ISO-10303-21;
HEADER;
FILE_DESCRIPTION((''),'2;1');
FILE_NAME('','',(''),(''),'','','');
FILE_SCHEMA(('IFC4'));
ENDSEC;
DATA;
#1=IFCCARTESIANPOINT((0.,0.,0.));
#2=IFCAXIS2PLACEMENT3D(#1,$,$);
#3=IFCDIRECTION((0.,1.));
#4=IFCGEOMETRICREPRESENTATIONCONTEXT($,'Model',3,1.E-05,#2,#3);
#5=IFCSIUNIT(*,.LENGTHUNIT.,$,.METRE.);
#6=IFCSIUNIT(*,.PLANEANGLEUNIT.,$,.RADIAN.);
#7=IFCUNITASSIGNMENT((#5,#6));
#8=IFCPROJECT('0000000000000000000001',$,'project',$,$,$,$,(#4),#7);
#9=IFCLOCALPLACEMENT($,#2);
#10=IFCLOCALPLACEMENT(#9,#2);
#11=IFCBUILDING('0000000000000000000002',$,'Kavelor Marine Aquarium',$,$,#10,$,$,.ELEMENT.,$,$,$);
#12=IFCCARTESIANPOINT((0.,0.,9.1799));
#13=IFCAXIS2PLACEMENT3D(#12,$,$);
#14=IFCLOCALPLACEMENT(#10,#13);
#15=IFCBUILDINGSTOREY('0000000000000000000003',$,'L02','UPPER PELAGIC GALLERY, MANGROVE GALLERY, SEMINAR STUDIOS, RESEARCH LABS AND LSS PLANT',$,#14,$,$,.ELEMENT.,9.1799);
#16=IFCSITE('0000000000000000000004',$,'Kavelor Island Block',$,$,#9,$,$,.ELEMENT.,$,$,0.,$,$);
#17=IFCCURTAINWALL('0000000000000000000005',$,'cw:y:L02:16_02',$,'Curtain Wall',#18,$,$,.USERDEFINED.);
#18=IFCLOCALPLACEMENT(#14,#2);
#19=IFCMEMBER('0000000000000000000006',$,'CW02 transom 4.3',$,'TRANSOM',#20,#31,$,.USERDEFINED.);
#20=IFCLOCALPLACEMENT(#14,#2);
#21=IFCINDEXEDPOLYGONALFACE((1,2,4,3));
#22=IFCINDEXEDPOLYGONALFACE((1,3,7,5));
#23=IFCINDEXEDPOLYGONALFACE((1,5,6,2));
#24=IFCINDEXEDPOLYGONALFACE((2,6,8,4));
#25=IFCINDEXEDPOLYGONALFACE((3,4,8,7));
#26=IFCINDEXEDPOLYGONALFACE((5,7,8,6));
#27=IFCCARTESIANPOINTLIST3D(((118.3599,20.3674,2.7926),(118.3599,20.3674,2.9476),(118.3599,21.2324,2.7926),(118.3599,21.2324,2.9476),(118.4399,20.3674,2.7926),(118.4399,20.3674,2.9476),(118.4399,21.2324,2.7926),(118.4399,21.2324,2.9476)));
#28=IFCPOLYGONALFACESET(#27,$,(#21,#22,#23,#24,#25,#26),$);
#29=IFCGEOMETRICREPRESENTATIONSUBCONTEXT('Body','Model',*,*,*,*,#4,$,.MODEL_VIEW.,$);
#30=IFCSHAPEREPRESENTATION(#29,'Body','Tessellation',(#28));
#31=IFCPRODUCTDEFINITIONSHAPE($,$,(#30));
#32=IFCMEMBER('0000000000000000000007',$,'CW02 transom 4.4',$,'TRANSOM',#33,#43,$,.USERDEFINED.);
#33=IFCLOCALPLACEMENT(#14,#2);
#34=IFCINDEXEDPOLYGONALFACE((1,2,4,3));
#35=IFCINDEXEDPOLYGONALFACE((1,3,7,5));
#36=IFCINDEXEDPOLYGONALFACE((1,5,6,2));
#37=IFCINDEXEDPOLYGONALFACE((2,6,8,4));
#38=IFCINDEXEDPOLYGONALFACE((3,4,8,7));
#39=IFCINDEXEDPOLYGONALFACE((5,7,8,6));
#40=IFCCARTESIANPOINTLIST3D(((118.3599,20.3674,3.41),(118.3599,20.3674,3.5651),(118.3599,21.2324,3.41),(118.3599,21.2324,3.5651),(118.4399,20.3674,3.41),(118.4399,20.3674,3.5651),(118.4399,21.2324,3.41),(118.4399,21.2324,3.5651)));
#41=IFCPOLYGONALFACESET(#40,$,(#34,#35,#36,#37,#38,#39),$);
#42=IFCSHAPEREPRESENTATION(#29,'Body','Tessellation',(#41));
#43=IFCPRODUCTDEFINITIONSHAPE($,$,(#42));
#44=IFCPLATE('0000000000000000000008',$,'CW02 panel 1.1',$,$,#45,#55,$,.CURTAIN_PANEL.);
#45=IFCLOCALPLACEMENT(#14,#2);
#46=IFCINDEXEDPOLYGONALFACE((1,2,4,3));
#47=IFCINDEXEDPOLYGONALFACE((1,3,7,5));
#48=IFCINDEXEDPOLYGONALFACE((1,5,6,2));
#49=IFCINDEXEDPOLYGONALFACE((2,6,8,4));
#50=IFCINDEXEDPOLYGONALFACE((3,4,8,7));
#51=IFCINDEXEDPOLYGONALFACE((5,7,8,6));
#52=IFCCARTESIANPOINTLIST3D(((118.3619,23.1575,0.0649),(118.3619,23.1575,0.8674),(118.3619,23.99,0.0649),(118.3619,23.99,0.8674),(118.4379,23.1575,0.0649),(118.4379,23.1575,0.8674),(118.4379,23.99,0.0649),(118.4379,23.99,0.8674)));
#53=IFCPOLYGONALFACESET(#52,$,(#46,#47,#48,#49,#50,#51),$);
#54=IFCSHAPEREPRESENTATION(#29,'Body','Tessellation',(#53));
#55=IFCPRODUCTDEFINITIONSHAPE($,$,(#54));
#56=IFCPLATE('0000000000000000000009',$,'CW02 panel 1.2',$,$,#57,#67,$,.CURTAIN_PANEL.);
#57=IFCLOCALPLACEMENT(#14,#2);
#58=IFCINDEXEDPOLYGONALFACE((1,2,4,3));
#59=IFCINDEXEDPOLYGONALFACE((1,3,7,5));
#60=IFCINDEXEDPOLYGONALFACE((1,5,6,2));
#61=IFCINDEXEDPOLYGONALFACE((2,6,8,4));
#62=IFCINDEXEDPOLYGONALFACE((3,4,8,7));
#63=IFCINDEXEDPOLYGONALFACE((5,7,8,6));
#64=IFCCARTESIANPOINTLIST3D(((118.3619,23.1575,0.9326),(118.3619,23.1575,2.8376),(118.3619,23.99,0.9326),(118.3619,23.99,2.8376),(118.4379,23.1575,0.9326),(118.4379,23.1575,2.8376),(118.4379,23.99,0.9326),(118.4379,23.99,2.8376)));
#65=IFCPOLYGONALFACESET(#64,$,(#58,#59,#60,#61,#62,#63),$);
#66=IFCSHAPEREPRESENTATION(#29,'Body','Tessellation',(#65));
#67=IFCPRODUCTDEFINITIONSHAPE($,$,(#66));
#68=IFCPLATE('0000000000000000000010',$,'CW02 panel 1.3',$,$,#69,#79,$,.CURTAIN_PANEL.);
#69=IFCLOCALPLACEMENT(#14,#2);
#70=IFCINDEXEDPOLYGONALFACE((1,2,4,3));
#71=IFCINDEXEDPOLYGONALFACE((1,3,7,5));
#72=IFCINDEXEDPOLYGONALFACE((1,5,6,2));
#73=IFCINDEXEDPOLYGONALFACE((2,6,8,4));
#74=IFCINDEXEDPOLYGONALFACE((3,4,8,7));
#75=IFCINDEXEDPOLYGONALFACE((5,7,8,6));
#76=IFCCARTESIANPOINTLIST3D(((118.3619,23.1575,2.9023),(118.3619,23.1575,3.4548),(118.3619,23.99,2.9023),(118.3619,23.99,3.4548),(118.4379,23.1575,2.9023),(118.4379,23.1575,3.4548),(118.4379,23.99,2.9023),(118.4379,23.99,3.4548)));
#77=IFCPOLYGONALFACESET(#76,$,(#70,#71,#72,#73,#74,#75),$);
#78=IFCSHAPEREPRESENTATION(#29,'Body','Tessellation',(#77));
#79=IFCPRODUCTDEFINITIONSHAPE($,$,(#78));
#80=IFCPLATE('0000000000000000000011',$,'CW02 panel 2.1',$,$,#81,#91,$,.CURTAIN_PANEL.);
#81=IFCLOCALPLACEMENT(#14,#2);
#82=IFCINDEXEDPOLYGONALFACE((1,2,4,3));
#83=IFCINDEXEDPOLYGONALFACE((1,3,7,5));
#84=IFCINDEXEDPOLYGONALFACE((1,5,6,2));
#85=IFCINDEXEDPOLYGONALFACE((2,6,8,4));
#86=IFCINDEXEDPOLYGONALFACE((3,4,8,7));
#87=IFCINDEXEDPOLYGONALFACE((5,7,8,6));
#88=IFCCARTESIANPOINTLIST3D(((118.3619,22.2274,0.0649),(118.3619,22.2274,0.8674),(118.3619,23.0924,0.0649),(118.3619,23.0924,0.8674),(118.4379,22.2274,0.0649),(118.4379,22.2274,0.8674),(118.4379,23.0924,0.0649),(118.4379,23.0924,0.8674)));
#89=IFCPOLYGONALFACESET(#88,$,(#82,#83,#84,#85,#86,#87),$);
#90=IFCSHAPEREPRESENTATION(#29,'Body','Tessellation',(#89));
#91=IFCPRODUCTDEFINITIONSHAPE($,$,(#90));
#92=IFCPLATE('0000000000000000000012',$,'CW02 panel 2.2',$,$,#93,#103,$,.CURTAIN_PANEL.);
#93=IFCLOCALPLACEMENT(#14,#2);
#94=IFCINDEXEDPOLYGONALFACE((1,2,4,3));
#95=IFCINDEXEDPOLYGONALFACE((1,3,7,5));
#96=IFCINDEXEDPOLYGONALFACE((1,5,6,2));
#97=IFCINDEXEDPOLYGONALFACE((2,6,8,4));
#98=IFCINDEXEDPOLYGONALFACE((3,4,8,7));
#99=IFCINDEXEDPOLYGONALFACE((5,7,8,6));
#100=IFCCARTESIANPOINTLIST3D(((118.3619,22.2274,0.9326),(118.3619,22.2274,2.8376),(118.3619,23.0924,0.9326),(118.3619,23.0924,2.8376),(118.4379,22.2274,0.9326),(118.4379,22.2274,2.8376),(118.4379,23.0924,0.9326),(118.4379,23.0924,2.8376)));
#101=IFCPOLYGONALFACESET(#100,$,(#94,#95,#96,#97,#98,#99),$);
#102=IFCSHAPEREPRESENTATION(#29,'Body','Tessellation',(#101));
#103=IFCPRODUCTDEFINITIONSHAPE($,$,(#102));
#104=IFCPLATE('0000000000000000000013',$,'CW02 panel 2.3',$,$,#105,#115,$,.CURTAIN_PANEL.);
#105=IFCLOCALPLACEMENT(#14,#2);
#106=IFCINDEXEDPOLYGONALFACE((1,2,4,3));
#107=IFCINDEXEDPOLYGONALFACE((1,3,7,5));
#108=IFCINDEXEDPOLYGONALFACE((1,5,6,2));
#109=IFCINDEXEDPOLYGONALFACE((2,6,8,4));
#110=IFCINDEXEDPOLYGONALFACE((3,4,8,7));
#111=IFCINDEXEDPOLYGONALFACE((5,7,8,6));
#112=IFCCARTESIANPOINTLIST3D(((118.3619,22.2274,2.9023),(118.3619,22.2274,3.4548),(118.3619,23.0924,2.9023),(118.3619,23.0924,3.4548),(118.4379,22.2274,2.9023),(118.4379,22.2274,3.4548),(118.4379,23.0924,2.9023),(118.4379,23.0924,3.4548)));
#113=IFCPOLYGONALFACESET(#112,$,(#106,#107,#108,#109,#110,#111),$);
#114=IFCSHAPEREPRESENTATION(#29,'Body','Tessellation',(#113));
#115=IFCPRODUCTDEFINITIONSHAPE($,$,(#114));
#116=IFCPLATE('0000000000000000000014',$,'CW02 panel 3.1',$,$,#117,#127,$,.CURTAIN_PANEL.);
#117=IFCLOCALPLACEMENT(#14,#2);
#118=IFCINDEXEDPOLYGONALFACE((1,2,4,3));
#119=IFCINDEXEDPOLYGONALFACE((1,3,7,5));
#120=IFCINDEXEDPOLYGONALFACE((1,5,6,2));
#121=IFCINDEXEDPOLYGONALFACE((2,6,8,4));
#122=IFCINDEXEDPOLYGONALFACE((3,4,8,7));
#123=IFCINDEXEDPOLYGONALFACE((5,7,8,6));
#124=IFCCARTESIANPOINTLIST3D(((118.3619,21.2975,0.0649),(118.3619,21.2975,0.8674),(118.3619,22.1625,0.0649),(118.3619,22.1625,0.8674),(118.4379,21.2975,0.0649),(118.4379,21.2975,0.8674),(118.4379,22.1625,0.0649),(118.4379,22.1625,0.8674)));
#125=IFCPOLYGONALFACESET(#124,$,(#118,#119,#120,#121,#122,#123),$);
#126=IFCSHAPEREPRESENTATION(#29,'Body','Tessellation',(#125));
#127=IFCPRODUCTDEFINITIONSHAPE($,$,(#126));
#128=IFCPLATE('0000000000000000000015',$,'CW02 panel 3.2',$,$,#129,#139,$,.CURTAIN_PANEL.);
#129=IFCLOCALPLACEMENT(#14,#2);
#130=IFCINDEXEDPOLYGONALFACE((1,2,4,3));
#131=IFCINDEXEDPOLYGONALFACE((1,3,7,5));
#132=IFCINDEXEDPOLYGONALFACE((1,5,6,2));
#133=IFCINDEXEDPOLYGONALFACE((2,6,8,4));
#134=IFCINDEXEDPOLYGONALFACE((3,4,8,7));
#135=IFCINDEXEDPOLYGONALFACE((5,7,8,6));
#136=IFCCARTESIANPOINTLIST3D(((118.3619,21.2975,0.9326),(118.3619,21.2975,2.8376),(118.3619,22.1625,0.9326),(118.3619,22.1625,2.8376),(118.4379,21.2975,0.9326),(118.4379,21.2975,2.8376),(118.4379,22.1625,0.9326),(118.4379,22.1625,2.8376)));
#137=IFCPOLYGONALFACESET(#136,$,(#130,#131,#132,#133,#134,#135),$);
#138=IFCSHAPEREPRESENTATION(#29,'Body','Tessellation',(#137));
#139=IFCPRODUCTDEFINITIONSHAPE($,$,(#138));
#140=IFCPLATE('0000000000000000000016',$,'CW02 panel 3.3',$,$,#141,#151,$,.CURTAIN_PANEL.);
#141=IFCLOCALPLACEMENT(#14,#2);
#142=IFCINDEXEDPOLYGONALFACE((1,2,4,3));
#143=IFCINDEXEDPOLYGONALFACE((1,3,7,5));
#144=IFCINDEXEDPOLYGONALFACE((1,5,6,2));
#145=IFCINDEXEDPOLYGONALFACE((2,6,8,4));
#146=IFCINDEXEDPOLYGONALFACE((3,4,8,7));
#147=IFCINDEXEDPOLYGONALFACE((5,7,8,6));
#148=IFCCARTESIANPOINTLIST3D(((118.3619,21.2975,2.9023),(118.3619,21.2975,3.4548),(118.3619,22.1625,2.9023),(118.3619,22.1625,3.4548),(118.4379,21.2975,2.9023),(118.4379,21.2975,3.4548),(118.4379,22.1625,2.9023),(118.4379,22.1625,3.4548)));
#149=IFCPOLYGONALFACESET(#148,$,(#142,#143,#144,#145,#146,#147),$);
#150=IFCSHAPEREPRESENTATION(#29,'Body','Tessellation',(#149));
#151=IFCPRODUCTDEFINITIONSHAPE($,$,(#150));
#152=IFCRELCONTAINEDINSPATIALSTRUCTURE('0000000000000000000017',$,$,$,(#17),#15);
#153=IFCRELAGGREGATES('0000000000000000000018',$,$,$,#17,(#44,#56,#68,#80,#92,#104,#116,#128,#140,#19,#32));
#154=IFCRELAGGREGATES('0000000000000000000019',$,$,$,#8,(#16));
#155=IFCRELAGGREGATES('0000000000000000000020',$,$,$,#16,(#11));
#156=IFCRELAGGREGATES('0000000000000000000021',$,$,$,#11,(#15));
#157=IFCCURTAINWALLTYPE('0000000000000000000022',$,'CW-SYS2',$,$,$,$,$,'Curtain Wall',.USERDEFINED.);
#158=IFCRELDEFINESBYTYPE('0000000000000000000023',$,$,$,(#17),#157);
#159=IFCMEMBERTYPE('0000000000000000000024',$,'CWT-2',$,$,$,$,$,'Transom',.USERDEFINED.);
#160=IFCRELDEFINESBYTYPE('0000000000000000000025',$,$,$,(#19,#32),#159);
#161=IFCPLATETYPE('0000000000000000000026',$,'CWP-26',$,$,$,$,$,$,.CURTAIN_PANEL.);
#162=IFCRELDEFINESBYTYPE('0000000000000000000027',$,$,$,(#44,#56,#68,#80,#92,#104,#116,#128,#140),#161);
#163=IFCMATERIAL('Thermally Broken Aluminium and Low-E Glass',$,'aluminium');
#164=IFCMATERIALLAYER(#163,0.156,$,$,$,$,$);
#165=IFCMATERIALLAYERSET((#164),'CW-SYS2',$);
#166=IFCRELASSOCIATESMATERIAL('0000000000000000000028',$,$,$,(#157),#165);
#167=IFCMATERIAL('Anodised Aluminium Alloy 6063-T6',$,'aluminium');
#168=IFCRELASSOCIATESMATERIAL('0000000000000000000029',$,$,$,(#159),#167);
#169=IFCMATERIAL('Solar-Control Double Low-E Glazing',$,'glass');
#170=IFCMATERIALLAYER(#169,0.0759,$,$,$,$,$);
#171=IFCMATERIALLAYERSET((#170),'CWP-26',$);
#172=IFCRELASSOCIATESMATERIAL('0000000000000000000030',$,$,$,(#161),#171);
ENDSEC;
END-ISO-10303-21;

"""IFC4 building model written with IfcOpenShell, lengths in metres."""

from ifc_helpers import new_model, si_unit, direction, frame, origin, origin_2d, place, context, subcontext, project, spatial, rectangle, extrude, material, layer, layer_set, material_profile, profile_set, type_object, element, aggregate, save


model = new_model("IFC4")

# Units and contexts
model_context = context("Model", 3, precision=1e-05, world=origin(), true_north=direction((0.0, 1.0)))
body_context = subcontext(model_context, "Body", "Model", "MODEL_VIEW")
ifc_project = project(units=[si_unit("LENGTHUNIT", "METRE"), si_unit("PLANEANGLEUNIT", "RADIAN")], contexts=[model_context])

# Site, building, storey
site_placement = place(None, origin())
site = spatial("IfcSite", under=ifc_project, at=site_placement, Name="Kavelor Island Block", CompositionType="ELEMENT", RefElevation=0.0)
building_placement = place(site_placement, origin())
building = spatial("IfcBuilding", under=site, at=building_placement, Name="Kavelor Marine Aquarium", CompositionType="ELEMENT")
storey_placement = place(building_placement, frame((0.0, 0.0, 9.1799)))
storey = spatial("IfcBuildingStorey", under=building, at=storey_placement, Name="L02", Description="UPPER PELAGIC GALLERY, MANGROVE GALLERY, SEMINAR STUDIOS, RESEARCH LABS AND LSS PLANT", CompositionType="ELEMENT", Elevation=9.1799)

# Curtain wall, members, plates
ifc_material_1 = material(Name="Thermally Broken Aluminium and Low-E Glass", Category="aluminium")
ifc_layer_1 = layer(ifc_material_1, 0.156)
ifc_layer_set_1 = layer_set([ifc_layer_1], Name="CW-SYS2")
curtain_wall_type = type_object("IfcCurtainWallType", Name="CW-SYS2", ElementType="Curtain Wall", PredefinedType="USERDEFINED", material=ifc_layer_set_1)
curtain_wall_placement = place(storey_placement, origin())
curtain_wall = element("IfcCurtainWall", 1, at=curtain_wall_placement, inside=storey, type_object=curtain_wall_type, Name="cw:y:L02:16_02", ObjectType="Curtain Wall", PredefinedType="USERDEFINED")
ifc_material_2 = material(Name="Anodised Aluminium Alloy 6063-T6", Category="aluminium")
ifc_material_profile_1 = material_profile(ifc_material_2, rectangle(XDim=0.0801, YDim=0.155, at=origin_2d()), Name="CW-TRN 80x155")
ifc_profile_set_1 = profile_set([ifc_material_profile_1], Name="Anodised Aluminium Alloy 6063-T6")
member_type_1 = type_object("IfcMemberType", Name="CWT-2", ElementType="Transom", PredefinedType="USERDEFINED", material=ifc_profile_set_1)
member_1_placement = place(storey_placement, frame((118.3999, 21.2324, 2.8701), z_axis=(0.0, -1.0, 0.0), x_axis=(1.0, 0.0, 0.0)))
member_1 = element("IfcMember", 2, at=member_1_placement, type_object=member_type_1, Name="CW02 transom 4.3", ObjectType="TRANSOM", PredefinedType="USERDEFINED", context=body_context, shape_type="SweptSolid", body=[
    extrude(rectangle(XDim=0.0801, YDim=0.155, at=origin_2d()), origin(), (0.0, 0.0, 1.0), 0.865),
])
member_2_placement = place(storey_placement, frame((118.3999, 21.2324, 3.4875), z_axis=(0.0, -1.0, 0.0), x_axis=(1.0, 0.0, 0.0)))
member_2 = element("IfcMember", 3, at=member_2_placement, type_object=member_type_1, Name="CW02 transom 4.4", ObjectType="TRANSOM", PredefinedType="USERDEFINED", context=body_context, shape_type="SweptSolid", body=[
    extrude(rectangle(XDim=0.0801, YDim=0.155, at=origin_2d()), origin(), (0.0, 0.0, 1.0), 0.865),
])
ifc_material_3 = material(Name="Solar-Control Double Low-E Glazing", Category="glass")
ifc_layer_2 = layer(ifc_material_3, 0.0759)
ifc_layer_set_2 = layer_set([ifc_layer_2], Name="CWP-26")
plate_type = type_object("IfcPlateType", Name="CWP-26", PredefinedType="CURTAIN_PANEL", material=ifc_layer_set_2)
plate_1_placement = place(storey_placement, frame((118.3999, 23.5737, 0.0649), z_axis=(0.0, 0.0, 1.0), x_axis=(0.0, -1.0, 0.0)))
plate_1 = element("IfcPlate", 4, at=plate_1_placement, type_object=plate_type, Name="CW02 panel 1.1", PredefinedType="CURTAIN_PANEL", context=body_context, shape_type="SweptSolid", body=[
    extrude(rectangle(XDim=0.8325, YDim=0.0759, at=origin_2d()), origin(), (0.0, 0.0, 1.0), 0.8025),
])
plate_2_placement = place(storey_placement, frame((118.3999, 23.5737, 0.9326), z_axis=(0.0, 0.0, 1.0), x_axis=(0.0, -1.0, 0.0)))
plate_2 = element("IfcPlate", 5, at=plate_2_placement, type_object=plate_type, Name="CW02 panel 1.2", PredefinedType="CURTAIN_PANEL", context=body_context, shape_type="SweptSolid", body=[
    extrude(rectangle(XDim=0.8325, YDim=0.0759, at=origin_2d()), origin(), (0.0, 0.0, 1.0), 1.905),
])
plate_3_placement = place(storey_placement, frame((118.3999, 23.5737, 2.9023), z_axis=(0.0, 0.0, 1.0), x_axis=(0.0, -1.0, 0.0)))
plate_3 = element("IfcPlate", 6, at=plate_3_placement, type_object=plate_type, Name="CW02 panel 1.3", PredefinedType="CURTAIN_PANEL", context=body_context, shape_type="SweptSolid", body=[
    extrude(rectangle(XDim=0.8325, YDim=0.0759, at=origin_2d()), origin(), (0.0, 0.0, 1.0), 0.5525),
])
plate_4_placement = place(storey_placement, frame((118.3999, 22.6599, 0.0649), z_axis=(0.0, 0.0, 1.0), x_axis=(0.0, -1.0, 0.0)))
plate_4 = element("IfcPlate", 7, at=plate_4_placement, type_object=plate_type, Name="CW02 panel 2.1", PredefinedType="CURTAIN_PANEL", context=body_context, shape_type="SweptSolid", body=[
    extrude(rectangle(XDim=0.865, YDim=0.0759, at=origin_2d()), origin(), (0.0, 0.0, 1.0), 0.8025),
])
plate_5_placement = place(storey_placement, frame((118.3999, 22.6599, 0.9326), z_axis=(0.0, 0.0, 1.0), x_axis=(0.0, -1.0, 0.0)))
plate_5 = element("IfcPlate", 8, at=plate_5_placement, type_object=plate_type, Name="CW02 panel 2.2", PredefinedType="CURTAIN_PANEL", context=body_context, shape_type="SweptSolid", body=[
    extrude(rectangle(XDim=0.865, YDim=0.0759, at=origin_2d()), origin(), (0.0, 0.0, 1.0), 1.905),
])
plate_6_placement = place(storey_placement, frame((118.3999, 22.6599, 2.9023), z_axis=(0.0, 0.0, 1.0), x_axis=(0.0, -1.0, 0.0)))
plate_6 = element("IfcPlate", 9, at=plate_6_placement, type_object=plate_type, Name="CW02 panel 2.3", PredefinedType="CURTAIN_PANEL", context=body_context, shape_type="SweptSolid", body=[
    extrude(rectangle(XDim=0.865, YDim=0.0759, at=origin_2d()), origin(), (0.0, 0.0, 1.0), 0.5525),
])
plate_7_placement = place(storey_placement, frame((118.3999, 21.73, 0.0649), z_axis=(0.0, 0.0, 1.0), x_axis=(0.0, -1.0, 0.0)))
plate_7 = element("IfcPlate", 10, at=plate_7_placement, type_object=plate_type, Name="CW02 panel 3.1", PredefinedType="CURTAIN_PANEL", context=body_context, shape_type="SweptSolid", body=[
    extrude(rectangle(XDim=0.865, YDim=0.0759, at=origin_2d()), origin(), (0.0, 0.0, 1.0), 0.8025),
])
plate_8_placement = place(storey_placement, frame((118.3999, 21.73, 0.9326), z_axis=(0.0, 0.0, 1.0), x_axis=(0.0, -1.0, 0.0)))
plate_8 = element("IfcPlate", 11, at=plate_8_placement, type_object=plate_type, Name="CW02 panel 3.2", PredefinedType="CURTAIN_PANEL", context=body_context, shape_type="SweptSolid", body=[
    extrude(rectangle(XDim=0.865, YDim=0.0759, at=origin_2d()), origin(), (0.0, 0.0, 1.0), 1.905),
])
plate_9_placement = place(storey_placement, frame((118.3999, 21.73, 2.9023), z_axis=(0.0, 0.0, 1.0), x_axis=(0.0, -1.0, 0.0)))
plate_9 = element("IfcPlate", 12, at=plate_9_placement, type_object=plate_type, Name="CW02 panel 3.3", PredefinedType="CURTAIN_PANEL", context=body_context, shape_type="SweptSolid", body=[
    extrude(rectangle(XDim=0.865, YDim=0.0759, at=origin_2d()), origin(), (0.0, 0.0, 1.0), 0.5525),
])
aggregate(curtain_wall, [plate_1, plate_2, plate_3, plate_4, plate_5, plate_6, plate_7, plate_8, plate_9, member_1, member_2])

save(model, "model.ifc")
